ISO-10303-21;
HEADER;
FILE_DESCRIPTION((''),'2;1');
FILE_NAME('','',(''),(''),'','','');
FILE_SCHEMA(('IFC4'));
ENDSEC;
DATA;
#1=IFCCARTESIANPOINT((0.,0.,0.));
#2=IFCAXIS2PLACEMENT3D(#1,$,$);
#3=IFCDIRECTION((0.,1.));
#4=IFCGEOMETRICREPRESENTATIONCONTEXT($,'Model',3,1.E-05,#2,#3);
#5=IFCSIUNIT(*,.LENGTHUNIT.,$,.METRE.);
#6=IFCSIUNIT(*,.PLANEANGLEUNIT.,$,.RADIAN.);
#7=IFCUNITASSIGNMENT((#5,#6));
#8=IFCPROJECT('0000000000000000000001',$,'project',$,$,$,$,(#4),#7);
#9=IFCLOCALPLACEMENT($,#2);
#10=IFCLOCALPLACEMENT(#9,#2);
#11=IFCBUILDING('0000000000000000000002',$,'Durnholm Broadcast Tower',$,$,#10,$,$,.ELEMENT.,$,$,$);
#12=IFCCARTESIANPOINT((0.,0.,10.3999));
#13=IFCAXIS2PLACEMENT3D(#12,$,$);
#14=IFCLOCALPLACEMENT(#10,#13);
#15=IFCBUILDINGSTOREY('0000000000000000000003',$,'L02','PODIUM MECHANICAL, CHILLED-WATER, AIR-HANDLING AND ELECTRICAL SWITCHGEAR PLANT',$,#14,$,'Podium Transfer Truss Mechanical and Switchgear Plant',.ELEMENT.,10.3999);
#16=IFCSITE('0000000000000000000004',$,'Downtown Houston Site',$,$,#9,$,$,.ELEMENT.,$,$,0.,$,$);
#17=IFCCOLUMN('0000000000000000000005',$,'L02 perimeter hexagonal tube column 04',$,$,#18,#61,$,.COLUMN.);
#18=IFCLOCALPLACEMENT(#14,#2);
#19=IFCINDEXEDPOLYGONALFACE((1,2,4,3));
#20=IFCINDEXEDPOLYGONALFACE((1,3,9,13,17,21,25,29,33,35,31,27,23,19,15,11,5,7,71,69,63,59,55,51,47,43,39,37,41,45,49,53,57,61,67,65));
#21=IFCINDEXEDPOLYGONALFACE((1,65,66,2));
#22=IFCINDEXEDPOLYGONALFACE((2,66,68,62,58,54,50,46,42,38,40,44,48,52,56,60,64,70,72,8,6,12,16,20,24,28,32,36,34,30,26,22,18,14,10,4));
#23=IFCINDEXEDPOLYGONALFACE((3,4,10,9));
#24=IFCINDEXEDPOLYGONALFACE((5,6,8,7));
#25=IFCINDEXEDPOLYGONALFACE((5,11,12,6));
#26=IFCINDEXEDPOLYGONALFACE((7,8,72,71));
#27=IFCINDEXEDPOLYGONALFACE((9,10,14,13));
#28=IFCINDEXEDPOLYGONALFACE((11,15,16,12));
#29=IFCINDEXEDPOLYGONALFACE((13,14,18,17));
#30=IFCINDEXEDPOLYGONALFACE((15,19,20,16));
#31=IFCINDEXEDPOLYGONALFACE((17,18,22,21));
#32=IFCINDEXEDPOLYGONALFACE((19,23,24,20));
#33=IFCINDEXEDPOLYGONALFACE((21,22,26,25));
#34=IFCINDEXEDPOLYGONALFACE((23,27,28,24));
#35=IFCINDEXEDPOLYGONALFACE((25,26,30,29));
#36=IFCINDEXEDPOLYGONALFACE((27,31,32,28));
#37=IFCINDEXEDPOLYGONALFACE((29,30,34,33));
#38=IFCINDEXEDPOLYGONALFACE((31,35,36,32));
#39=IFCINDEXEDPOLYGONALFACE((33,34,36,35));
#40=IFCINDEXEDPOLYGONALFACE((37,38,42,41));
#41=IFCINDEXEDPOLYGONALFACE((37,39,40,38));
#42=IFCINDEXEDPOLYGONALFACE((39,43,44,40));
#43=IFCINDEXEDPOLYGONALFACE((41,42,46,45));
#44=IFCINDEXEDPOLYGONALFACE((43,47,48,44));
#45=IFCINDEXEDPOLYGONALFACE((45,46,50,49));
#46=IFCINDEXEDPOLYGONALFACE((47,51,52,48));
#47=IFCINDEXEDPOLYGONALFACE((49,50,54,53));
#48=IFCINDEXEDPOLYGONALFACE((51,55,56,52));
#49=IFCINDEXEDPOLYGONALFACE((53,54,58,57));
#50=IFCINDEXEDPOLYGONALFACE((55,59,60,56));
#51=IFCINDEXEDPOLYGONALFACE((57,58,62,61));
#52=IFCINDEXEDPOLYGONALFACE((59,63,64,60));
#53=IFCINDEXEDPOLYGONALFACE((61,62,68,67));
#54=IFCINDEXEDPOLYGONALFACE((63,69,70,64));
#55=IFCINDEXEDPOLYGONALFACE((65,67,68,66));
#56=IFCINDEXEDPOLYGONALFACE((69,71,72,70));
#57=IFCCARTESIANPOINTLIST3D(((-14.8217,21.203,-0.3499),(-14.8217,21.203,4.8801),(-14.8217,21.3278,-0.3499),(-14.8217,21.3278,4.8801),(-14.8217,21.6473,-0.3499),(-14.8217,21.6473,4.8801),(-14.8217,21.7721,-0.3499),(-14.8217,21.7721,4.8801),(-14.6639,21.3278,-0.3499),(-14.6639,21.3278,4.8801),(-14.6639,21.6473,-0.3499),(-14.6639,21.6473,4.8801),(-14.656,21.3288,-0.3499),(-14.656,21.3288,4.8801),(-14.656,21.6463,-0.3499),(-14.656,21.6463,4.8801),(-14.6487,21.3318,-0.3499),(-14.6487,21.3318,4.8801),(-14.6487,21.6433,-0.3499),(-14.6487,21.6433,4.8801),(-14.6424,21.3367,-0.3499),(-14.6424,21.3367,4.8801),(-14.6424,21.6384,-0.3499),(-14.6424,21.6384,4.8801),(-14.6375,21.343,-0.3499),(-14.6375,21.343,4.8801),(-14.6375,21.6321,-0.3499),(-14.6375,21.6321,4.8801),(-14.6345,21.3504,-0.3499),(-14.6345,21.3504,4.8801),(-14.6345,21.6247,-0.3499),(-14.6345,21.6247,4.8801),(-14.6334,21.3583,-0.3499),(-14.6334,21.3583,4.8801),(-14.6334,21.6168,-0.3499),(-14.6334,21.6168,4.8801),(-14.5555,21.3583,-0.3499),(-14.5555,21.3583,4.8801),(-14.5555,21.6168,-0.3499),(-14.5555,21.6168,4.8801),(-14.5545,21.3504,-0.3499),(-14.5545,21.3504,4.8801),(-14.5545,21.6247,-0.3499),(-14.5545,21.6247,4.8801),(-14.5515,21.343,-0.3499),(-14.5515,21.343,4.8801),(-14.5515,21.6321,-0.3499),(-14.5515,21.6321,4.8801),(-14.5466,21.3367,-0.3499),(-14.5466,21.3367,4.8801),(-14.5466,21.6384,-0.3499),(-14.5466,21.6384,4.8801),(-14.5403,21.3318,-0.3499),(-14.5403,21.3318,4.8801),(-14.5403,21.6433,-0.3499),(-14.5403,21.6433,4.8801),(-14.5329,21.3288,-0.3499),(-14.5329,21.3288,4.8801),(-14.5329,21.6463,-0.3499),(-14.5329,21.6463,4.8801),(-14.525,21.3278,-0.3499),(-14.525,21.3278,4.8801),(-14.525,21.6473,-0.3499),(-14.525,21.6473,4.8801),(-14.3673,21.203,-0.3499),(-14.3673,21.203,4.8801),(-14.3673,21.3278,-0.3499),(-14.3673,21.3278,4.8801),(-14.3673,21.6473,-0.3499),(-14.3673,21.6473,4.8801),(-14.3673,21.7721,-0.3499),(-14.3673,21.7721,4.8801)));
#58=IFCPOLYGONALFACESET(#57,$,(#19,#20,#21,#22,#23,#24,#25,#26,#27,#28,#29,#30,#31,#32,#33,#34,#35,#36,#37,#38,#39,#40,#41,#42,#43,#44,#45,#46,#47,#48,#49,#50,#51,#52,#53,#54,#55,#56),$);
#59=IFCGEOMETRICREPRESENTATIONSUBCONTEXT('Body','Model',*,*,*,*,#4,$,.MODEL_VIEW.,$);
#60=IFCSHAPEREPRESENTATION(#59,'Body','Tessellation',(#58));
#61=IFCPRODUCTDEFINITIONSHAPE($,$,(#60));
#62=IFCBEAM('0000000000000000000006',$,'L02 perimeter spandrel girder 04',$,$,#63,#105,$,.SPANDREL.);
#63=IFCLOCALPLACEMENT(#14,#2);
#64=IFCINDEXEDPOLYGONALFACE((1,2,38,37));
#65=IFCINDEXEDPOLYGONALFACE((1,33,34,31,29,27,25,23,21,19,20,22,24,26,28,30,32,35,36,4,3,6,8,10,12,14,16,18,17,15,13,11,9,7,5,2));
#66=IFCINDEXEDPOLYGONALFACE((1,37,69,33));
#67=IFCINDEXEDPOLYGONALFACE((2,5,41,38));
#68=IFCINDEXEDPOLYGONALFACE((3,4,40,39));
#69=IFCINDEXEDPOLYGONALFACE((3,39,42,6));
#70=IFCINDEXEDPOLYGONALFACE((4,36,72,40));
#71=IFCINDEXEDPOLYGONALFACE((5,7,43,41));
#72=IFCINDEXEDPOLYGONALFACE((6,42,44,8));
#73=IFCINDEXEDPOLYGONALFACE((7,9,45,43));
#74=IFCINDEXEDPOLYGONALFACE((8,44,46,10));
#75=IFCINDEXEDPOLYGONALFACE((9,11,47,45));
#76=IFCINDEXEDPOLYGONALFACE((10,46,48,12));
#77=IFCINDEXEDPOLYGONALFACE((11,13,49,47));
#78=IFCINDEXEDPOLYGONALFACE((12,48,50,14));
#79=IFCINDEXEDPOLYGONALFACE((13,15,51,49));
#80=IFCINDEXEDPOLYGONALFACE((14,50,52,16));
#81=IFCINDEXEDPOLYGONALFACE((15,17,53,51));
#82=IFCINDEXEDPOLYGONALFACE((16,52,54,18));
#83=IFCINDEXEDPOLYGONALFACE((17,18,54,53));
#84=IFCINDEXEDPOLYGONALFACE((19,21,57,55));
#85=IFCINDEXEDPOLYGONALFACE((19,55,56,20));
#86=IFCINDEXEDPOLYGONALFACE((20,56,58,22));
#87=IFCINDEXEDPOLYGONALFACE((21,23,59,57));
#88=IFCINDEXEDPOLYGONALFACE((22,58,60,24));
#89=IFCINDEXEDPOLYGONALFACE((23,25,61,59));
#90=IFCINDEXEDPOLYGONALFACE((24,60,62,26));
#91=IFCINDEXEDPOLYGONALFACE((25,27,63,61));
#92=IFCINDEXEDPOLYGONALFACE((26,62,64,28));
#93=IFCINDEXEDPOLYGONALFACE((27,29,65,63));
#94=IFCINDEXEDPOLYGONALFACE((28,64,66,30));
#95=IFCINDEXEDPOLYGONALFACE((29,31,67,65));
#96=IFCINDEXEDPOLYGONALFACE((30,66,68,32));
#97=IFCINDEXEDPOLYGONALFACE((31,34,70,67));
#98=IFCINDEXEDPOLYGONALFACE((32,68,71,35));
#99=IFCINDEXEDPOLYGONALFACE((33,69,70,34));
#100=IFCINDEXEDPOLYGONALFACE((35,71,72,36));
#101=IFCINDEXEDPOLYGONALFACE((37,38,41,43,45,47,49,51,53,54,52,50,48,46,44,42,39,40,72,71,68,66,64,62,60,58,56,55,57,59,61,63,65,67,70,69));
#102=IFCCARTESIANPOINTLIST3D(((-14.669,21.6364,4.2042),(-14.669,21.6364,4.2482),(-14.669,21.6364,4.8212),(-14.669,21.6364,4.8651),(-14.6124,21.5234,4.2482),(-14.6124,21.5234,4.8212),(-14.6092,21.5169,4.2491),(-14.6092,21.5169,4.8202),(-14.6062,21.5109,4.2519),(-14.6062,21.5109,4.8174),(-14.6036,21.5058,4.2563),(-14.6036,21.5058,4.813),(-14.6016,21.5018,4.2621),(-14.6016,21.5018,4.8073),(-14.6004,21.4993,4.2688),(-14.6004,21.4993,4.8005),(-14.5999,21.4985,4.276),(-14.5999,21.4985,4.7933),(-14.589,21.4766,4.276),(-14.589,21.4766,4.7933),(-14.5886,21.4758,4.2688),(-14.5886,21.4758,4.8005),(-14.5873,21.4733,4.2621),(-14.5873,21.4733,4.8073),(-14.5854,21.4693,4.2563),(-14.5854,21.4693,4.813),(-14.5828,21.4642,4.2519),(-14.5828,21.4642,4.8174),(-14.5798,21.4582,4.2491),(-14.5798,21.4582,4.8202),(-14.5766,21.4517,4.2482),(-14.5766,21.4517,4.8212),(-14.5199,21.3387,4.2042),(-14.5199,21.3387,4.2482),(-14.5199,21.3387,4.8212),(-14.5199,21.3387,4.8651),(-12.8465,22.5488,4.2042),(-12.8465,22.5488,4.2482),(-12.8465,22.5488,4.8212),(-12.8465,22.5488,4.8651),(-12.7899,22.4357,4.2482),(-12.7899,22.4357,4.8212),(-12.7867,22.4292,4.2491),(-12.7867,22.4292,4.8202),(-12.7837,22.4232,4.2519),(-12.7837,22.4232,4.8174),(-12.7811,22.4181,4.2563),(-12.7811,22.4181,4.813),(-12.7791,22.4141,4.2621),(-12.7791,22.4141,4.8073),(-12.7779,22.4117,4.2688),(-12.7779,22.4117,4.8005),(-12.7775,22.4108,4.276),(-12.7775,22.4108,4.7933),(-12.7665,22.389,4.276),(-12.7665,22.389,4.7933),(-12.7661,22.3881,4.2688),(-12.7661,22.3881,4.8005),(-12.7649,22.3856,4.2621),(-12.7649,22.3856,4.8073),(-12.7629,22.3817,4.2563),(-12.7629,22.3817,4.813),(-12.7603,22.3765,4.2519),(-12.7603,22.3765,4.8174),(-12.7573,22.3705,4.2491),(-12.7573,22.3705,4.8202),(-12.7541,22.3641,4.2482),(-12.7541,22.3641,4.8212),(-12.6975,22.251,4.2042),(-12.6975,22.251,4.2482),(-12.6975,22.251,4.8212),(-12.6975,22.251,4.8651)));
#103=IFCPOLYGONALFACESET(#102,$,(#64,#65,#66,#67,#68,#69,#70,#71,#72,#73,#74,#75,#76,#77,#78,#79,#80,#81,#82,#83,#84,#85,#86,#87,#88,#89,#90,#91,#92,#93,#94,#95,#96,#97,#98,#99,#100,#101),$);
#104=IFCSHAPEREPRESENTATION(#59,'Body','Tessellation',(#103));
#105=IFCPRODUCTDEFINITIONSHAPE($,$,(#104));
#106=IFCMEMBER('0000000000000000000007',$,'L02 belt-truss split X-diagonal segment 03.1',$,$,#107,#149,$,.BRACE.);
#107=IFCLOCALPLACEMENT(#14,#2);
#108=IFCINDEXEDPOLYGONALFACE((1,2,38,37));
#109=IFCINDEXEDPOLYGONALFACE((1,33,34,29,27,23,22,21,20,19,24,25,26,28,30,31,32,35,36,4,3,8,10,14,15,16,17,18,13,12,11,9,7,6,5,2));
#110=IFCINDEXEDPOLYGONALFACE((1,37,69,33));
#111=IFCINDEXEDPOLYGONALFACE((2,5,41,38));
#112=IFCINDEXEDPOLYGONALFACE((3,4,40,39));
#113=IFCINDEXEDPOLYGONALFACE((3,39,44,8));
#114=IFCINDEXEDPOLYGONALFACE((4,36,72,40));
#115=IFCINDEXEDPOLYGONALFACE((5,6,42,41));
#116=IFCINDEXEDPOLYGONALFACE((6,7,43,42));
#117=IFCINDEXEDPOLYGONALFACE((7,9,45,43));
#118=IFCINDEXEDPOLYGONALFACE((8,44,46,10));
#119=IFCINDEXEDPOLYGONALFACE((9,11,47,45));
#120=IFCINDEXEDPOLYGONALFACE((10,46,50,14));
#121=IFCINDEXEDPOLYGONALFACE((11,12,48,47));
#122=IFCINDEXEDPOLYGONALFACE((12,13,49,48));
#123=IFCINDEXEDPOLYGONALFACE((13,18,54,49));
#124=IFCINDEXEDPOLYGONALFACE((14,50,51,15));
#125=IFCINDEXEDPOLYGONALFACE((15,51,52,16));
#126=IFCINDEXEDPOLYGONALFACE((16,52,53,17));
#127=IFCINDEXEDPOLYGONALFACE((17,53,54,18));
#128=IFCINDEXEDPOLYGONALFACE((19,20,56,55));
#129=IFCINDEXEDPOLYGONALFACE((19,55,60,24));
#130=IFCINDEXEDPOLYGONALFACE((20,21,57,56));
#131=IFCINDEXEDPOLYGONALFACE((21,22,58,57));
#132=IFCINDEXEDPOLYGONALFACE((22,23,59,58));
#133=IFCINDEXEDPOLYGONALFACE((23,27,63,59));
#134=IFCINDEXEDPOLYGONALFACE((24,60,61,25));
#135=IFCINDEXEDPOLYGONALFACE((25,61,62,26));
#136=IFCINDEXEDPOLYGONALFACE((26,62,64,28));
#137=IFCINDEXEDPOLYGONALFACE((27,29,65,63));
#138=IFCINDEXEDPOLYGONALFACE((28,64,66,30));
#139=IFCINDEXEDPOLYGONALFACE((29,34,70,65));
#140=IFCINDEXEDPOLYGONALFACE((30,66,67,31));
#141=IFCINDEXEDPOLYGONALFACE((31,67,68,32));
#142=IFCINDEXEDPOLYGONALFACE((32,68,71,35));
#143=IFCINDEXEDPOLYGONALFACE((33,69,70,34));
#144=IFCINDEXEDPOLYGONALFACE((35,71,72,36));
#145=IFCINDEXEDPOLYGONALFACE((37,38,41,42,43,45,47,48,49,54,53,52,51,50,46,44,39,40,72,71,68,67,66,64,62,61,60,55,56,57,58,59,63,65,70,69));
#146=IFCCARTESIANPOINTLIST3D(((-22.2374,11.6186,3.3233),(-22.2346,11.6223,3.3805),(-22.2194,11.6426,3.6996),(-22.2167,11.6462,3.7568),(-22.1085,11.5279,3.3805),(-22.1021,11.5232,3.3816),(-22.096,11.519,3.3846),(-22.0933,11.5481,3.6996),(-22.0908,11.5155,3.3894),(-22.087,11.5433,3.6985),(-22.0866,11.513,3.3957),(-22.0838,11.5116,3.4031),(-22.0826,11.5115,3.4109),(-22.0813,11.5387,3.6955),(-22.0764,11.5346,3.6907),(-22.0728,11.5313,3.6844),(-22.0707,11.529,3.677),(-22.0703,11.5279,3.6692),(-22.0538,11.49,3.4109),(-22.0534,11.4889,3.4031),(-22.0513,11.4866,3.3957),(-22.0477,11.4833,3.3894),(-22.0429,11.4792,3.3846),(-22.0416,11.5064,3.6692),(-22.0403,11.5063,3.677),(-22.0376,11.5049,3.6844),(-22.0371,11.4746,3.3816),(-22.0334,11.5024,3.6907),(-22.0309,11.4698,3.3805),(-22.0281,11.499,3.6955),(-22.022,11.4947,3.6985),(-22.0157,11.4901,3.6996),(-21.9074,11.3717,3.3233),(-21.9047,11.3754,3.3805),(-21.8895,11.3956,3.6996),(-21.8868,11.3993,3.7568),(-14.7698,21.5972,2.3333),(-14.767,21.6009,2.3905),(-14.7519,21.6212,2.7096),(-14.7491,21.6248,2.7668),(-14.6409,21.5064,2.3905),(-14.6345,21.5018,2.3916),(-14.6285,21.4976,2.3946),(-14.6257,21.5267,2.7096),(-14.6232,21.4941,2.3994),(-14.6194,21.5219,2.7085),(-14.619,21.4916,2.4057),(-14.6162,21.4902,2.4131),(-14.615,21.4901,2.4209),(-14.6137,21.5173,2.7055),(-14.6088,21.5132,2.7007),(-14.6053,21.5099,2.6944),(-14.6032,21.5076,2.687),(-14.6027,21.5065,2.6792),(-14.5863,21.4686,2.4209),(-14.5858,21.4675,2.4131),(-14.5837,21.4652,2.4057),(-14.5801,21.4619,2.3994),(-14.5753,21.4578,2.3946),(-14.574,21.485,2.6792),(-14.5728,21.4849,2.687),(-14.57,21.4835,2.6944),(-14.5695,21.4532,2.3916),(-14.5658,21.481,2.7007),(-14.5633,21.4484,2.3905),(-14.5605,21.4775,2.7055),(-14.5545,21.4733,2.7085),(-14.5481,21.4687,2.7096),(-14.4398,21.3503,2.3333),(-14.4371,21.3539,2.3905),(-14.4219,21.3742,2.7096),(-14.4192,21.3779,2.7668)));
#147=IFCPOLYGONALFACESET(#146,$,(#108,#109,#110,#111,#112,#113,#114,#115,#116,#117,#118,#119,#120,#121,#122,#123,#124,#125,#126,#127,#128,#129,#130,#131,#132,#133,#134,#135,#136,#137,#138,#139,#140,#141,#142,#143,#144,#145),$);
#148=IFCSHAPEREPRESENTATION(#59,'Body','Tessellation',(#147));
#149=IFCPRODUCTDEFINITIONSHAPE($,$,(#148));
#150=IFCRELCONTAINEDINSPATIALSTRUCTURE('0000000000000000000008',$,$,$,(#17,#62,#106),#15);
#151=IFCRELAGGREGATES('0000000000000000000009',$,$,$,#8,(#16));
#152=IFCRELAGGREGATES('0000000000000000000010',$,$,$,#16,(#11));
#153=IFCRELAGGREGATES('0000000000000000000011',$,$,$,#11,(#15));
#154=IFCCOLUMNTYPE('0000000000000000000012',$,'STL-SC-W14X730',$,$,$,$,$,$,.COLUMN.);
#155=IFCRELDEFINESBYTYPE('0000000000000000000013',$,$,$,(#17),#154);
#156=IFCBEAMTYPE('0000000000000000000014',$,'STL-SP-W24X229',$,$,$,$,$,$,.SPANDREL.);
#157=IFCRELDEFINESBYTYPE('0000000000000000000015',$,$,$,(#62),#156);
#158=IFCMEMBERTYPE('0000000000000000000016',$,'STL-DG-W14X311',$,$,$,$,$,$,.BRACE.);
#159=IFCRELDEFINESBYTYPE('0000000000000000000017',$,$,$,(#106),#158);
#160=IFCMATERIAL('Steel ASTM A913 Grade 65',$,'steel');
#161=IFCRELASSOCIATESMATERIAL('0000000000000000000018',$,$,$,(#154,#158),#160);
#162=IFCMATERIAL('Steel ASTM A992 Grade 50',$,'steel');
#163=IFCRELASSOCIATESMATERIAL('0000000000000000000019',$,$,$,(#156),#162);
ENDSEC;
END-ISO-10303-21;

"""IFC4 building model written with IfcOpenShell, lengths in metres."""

from ifc_helpers import new_model, si_unit, direction, frame, origin, origin_2d, place, context, subcontext, project, spatial, i_section, extrude, source, transform, mapped, material, material_profile, profile_set, type_object, type_shapes, element, save


model = new_model("IFC4")

# Units and contexts
model_context = context("Model", 3, precision=1e-05, world=origin(), true_north=direction((0.0, 1.0)))
body_context = subcontext(model_context, "Body", "Model", "MODEL_VIEW")
ifc_project = project(units=[si_unit("LENGTHUNIT", "METRE"), si_unit("PLANEANGLEUNIT", "RADIAN")], contexts=[model_context])

# Site, building, storey
site_placement = place(None, origin())
site = spatial("IfcSite", under=ifc_project, at=site_placement, Name="Downtown Houston Site", CompositionType="ELEMENT", RefElevation=0.0)
building_placement = place(site_placement, origin())
building = spatial("IfcBuilding", under=site, at=building_placement, Name="Durnholm Broadcast Tower", CompositionType="ELEMENT")
storey_placement = place(building_placement, frame((0.0, 0.0, 10.3999)))
storey = spatial("IfcBuildingStorey", under=building, at=storey_placement, Name="L02", Description="PODIUM MECHANICAL, CHILLED-WATER, AIR-HANDLING AND ELECTRICAL SWITCHGEAR PLANT", LongName="Podium Transfer Truss Mechanical and Switchgear Plant", CompositionType="ELEMENT", Elevation=10.3999)

# Column
ifc_material_1 = material(Name="Steel ASTM A913 Grade 65", Category="steel")
ifc_material_profile_1 = material_profile(ifc_material_1, i_section(OverallWidth=0.4543, OverallDepth=0.5691, WebThickness=0.0779, FlangeThickness=0.1248, FilletRadius=0.0305, at=origin_2d()), Name="W14X730")
ifc_profile_set_1 = profile_set([ifc_material_profile_1], Name="Steel ASTM A913 Grade 65")
column_type = type_object("IfcColumnType", Name="STL-SC-W14X730", PredefinedType="COLUMN", material=ifc_profile_set_1)
shared_shape_1 = source(origin(), body_context, "Body", "SweptSolid", [
    extrude(i_section(OverallWidth=0.4543, OverallDepth=0.5691, WebThickness=0.0779, FlangeThickness=0.1248, FilletRadius=0.0305, at=origin_2d()), origin(), (0.0, 0.0, 1.0), 5.23),
])
type_shapes(column_type, [shared_shape_1])
column_placement = place(storey_placement, frame((-14.5945, 21.4875, -0.3499), z_axis=(0.0, 0.0, 1.0), x_axis=(1.0, 0.0, 0.0)))
element("IfcColumn", 1, at=column_placement, inside=storey, type_object=column_type, Name="L02 perimeter hexagonal tube column 04", PredefinedType="COLUMN", context=body_context, shape_type="MappedRepresentation", body=[
    mapped(shared_shape_1, transform((0.0, 0.0, 0.0), x_axis=(1.0, 0.0, 0.0), y_axis=(0.0, 1.0, 0.0), z_axis=(0.0, 0.0, 1.0), scale=1.0)),
])

# Beam
ifc_material_2 = material(Name="Steel ASTM A992 Grade 50", Category="steel")
ifc_material_profile_2 = material_profile(ifc_material_2, i_section(OverallWidth=0.333, OverallDepth=0.6609, WebThickness=0.0244, FlangeThickness=0.0439, FilletRadius=0.0278, at=origin_2d()), Name="W24X229")
ifc_profile_set_2 = profile_set([ifc_material_profile_2], Name="Steel ASTM A992 Grade 50")
beam_type_1 = type_object("IfcBeamType", Name="STL-SP-W24X229", PredefinedType="SPANDREL", material=ifc_profile_set_2)
shared_shape_2 = source(origin(), body_context, "Body", "SweptSolid", [
    extrude(i_section(OverallWidth=0.333, OverallDepth=0.6609, WebThickness=0.0244, FlangeThickness=0.0439, FilletRadius=0.0278, at=origin_2d()), origin(), (0.0, 0.0, 1.0), 2.0381),
])
type_shapes(beam_type_1, [shared_shape_2])
beam_1_placement = place(storey_placement, frame((-14.5945, 21.4875, 4.5347), z_axis=(0.894211, 0.447645, 0.0), x_axis=(-0.447645, 0.894211, 0.0)))
element("IfcBeam", 2, at=beam_1_placement, inside=storey, type_object=beam_type_1, Name="L02 perimeter spandrel girder 04", PredefinedType="SPANDREL", context=body_context, shape_type="MappedRepresentation", body=[
    mapped(shared_shape_2, transform((0.0, 0.0, 0.0), x_axis=(1.0, 0.0, 0.0), y_axis=(0.0, 1.0, 0.0), z_axis=(0.0, 0.0, 1.0), scale=1.0)),
])

# Member
ifc_material_profile_3 = material_profile(ifc_material_1, i_section(OverallWidth=0.4121, OverallDepth=0.4348, WebThickness=0.0359, FlangeThickness=0.0574, FilletRadius=0.0305, at=origin_2d()), Name="W14X311")
ifc_profile_set_3 = profile_set([ifc_material_profile_3], Name="Steel ASTM A913 Grade 65")
member_type_1 = type_object("IfcMemberType", Name="STL-DG-W14X311", PredefinedType="BRACE", material=ifc_profile_set_3)
shared_shape_3 = source(origin(), body_context, "Body", "SweptSolid", [
    extrude(i_section(OverallWidth=0.4121, OverallDepth=0.4348, WebThickness=0.0359, FlangeThickness=0.0574, FilletRadius=0.0305, at=origin_2d()), origin(), (0.0, 0.0, 1.0), 12.5027),
])
member_1_placement = place(storey_placement, frame((-14.5945, 21.4875, 2.55), z_axis=(-0.597278, -0.798116, 0.079183), x_axis=(0.80063, -0.59916, 0.0)))
element("IfcMember", 3, at=member_1_placement, inside=storey, type_object=member_type_1, Name="L02 belt-truss split X-diagonal segment 03.1", PredefinedType="BRACE", context=body_context, shape_type="MappedRepresentation", body=[
    mapped(shared_shape_3, transform((0.0, 0.0, 0.0), x_axis=(1.0, 0.0, 0.0), y_axis=(0.0, 1.0, 0.0), z_axis=(0.0, 0.0, 1.0), scale=1.0)),
])

save(model, "model.ifc")
